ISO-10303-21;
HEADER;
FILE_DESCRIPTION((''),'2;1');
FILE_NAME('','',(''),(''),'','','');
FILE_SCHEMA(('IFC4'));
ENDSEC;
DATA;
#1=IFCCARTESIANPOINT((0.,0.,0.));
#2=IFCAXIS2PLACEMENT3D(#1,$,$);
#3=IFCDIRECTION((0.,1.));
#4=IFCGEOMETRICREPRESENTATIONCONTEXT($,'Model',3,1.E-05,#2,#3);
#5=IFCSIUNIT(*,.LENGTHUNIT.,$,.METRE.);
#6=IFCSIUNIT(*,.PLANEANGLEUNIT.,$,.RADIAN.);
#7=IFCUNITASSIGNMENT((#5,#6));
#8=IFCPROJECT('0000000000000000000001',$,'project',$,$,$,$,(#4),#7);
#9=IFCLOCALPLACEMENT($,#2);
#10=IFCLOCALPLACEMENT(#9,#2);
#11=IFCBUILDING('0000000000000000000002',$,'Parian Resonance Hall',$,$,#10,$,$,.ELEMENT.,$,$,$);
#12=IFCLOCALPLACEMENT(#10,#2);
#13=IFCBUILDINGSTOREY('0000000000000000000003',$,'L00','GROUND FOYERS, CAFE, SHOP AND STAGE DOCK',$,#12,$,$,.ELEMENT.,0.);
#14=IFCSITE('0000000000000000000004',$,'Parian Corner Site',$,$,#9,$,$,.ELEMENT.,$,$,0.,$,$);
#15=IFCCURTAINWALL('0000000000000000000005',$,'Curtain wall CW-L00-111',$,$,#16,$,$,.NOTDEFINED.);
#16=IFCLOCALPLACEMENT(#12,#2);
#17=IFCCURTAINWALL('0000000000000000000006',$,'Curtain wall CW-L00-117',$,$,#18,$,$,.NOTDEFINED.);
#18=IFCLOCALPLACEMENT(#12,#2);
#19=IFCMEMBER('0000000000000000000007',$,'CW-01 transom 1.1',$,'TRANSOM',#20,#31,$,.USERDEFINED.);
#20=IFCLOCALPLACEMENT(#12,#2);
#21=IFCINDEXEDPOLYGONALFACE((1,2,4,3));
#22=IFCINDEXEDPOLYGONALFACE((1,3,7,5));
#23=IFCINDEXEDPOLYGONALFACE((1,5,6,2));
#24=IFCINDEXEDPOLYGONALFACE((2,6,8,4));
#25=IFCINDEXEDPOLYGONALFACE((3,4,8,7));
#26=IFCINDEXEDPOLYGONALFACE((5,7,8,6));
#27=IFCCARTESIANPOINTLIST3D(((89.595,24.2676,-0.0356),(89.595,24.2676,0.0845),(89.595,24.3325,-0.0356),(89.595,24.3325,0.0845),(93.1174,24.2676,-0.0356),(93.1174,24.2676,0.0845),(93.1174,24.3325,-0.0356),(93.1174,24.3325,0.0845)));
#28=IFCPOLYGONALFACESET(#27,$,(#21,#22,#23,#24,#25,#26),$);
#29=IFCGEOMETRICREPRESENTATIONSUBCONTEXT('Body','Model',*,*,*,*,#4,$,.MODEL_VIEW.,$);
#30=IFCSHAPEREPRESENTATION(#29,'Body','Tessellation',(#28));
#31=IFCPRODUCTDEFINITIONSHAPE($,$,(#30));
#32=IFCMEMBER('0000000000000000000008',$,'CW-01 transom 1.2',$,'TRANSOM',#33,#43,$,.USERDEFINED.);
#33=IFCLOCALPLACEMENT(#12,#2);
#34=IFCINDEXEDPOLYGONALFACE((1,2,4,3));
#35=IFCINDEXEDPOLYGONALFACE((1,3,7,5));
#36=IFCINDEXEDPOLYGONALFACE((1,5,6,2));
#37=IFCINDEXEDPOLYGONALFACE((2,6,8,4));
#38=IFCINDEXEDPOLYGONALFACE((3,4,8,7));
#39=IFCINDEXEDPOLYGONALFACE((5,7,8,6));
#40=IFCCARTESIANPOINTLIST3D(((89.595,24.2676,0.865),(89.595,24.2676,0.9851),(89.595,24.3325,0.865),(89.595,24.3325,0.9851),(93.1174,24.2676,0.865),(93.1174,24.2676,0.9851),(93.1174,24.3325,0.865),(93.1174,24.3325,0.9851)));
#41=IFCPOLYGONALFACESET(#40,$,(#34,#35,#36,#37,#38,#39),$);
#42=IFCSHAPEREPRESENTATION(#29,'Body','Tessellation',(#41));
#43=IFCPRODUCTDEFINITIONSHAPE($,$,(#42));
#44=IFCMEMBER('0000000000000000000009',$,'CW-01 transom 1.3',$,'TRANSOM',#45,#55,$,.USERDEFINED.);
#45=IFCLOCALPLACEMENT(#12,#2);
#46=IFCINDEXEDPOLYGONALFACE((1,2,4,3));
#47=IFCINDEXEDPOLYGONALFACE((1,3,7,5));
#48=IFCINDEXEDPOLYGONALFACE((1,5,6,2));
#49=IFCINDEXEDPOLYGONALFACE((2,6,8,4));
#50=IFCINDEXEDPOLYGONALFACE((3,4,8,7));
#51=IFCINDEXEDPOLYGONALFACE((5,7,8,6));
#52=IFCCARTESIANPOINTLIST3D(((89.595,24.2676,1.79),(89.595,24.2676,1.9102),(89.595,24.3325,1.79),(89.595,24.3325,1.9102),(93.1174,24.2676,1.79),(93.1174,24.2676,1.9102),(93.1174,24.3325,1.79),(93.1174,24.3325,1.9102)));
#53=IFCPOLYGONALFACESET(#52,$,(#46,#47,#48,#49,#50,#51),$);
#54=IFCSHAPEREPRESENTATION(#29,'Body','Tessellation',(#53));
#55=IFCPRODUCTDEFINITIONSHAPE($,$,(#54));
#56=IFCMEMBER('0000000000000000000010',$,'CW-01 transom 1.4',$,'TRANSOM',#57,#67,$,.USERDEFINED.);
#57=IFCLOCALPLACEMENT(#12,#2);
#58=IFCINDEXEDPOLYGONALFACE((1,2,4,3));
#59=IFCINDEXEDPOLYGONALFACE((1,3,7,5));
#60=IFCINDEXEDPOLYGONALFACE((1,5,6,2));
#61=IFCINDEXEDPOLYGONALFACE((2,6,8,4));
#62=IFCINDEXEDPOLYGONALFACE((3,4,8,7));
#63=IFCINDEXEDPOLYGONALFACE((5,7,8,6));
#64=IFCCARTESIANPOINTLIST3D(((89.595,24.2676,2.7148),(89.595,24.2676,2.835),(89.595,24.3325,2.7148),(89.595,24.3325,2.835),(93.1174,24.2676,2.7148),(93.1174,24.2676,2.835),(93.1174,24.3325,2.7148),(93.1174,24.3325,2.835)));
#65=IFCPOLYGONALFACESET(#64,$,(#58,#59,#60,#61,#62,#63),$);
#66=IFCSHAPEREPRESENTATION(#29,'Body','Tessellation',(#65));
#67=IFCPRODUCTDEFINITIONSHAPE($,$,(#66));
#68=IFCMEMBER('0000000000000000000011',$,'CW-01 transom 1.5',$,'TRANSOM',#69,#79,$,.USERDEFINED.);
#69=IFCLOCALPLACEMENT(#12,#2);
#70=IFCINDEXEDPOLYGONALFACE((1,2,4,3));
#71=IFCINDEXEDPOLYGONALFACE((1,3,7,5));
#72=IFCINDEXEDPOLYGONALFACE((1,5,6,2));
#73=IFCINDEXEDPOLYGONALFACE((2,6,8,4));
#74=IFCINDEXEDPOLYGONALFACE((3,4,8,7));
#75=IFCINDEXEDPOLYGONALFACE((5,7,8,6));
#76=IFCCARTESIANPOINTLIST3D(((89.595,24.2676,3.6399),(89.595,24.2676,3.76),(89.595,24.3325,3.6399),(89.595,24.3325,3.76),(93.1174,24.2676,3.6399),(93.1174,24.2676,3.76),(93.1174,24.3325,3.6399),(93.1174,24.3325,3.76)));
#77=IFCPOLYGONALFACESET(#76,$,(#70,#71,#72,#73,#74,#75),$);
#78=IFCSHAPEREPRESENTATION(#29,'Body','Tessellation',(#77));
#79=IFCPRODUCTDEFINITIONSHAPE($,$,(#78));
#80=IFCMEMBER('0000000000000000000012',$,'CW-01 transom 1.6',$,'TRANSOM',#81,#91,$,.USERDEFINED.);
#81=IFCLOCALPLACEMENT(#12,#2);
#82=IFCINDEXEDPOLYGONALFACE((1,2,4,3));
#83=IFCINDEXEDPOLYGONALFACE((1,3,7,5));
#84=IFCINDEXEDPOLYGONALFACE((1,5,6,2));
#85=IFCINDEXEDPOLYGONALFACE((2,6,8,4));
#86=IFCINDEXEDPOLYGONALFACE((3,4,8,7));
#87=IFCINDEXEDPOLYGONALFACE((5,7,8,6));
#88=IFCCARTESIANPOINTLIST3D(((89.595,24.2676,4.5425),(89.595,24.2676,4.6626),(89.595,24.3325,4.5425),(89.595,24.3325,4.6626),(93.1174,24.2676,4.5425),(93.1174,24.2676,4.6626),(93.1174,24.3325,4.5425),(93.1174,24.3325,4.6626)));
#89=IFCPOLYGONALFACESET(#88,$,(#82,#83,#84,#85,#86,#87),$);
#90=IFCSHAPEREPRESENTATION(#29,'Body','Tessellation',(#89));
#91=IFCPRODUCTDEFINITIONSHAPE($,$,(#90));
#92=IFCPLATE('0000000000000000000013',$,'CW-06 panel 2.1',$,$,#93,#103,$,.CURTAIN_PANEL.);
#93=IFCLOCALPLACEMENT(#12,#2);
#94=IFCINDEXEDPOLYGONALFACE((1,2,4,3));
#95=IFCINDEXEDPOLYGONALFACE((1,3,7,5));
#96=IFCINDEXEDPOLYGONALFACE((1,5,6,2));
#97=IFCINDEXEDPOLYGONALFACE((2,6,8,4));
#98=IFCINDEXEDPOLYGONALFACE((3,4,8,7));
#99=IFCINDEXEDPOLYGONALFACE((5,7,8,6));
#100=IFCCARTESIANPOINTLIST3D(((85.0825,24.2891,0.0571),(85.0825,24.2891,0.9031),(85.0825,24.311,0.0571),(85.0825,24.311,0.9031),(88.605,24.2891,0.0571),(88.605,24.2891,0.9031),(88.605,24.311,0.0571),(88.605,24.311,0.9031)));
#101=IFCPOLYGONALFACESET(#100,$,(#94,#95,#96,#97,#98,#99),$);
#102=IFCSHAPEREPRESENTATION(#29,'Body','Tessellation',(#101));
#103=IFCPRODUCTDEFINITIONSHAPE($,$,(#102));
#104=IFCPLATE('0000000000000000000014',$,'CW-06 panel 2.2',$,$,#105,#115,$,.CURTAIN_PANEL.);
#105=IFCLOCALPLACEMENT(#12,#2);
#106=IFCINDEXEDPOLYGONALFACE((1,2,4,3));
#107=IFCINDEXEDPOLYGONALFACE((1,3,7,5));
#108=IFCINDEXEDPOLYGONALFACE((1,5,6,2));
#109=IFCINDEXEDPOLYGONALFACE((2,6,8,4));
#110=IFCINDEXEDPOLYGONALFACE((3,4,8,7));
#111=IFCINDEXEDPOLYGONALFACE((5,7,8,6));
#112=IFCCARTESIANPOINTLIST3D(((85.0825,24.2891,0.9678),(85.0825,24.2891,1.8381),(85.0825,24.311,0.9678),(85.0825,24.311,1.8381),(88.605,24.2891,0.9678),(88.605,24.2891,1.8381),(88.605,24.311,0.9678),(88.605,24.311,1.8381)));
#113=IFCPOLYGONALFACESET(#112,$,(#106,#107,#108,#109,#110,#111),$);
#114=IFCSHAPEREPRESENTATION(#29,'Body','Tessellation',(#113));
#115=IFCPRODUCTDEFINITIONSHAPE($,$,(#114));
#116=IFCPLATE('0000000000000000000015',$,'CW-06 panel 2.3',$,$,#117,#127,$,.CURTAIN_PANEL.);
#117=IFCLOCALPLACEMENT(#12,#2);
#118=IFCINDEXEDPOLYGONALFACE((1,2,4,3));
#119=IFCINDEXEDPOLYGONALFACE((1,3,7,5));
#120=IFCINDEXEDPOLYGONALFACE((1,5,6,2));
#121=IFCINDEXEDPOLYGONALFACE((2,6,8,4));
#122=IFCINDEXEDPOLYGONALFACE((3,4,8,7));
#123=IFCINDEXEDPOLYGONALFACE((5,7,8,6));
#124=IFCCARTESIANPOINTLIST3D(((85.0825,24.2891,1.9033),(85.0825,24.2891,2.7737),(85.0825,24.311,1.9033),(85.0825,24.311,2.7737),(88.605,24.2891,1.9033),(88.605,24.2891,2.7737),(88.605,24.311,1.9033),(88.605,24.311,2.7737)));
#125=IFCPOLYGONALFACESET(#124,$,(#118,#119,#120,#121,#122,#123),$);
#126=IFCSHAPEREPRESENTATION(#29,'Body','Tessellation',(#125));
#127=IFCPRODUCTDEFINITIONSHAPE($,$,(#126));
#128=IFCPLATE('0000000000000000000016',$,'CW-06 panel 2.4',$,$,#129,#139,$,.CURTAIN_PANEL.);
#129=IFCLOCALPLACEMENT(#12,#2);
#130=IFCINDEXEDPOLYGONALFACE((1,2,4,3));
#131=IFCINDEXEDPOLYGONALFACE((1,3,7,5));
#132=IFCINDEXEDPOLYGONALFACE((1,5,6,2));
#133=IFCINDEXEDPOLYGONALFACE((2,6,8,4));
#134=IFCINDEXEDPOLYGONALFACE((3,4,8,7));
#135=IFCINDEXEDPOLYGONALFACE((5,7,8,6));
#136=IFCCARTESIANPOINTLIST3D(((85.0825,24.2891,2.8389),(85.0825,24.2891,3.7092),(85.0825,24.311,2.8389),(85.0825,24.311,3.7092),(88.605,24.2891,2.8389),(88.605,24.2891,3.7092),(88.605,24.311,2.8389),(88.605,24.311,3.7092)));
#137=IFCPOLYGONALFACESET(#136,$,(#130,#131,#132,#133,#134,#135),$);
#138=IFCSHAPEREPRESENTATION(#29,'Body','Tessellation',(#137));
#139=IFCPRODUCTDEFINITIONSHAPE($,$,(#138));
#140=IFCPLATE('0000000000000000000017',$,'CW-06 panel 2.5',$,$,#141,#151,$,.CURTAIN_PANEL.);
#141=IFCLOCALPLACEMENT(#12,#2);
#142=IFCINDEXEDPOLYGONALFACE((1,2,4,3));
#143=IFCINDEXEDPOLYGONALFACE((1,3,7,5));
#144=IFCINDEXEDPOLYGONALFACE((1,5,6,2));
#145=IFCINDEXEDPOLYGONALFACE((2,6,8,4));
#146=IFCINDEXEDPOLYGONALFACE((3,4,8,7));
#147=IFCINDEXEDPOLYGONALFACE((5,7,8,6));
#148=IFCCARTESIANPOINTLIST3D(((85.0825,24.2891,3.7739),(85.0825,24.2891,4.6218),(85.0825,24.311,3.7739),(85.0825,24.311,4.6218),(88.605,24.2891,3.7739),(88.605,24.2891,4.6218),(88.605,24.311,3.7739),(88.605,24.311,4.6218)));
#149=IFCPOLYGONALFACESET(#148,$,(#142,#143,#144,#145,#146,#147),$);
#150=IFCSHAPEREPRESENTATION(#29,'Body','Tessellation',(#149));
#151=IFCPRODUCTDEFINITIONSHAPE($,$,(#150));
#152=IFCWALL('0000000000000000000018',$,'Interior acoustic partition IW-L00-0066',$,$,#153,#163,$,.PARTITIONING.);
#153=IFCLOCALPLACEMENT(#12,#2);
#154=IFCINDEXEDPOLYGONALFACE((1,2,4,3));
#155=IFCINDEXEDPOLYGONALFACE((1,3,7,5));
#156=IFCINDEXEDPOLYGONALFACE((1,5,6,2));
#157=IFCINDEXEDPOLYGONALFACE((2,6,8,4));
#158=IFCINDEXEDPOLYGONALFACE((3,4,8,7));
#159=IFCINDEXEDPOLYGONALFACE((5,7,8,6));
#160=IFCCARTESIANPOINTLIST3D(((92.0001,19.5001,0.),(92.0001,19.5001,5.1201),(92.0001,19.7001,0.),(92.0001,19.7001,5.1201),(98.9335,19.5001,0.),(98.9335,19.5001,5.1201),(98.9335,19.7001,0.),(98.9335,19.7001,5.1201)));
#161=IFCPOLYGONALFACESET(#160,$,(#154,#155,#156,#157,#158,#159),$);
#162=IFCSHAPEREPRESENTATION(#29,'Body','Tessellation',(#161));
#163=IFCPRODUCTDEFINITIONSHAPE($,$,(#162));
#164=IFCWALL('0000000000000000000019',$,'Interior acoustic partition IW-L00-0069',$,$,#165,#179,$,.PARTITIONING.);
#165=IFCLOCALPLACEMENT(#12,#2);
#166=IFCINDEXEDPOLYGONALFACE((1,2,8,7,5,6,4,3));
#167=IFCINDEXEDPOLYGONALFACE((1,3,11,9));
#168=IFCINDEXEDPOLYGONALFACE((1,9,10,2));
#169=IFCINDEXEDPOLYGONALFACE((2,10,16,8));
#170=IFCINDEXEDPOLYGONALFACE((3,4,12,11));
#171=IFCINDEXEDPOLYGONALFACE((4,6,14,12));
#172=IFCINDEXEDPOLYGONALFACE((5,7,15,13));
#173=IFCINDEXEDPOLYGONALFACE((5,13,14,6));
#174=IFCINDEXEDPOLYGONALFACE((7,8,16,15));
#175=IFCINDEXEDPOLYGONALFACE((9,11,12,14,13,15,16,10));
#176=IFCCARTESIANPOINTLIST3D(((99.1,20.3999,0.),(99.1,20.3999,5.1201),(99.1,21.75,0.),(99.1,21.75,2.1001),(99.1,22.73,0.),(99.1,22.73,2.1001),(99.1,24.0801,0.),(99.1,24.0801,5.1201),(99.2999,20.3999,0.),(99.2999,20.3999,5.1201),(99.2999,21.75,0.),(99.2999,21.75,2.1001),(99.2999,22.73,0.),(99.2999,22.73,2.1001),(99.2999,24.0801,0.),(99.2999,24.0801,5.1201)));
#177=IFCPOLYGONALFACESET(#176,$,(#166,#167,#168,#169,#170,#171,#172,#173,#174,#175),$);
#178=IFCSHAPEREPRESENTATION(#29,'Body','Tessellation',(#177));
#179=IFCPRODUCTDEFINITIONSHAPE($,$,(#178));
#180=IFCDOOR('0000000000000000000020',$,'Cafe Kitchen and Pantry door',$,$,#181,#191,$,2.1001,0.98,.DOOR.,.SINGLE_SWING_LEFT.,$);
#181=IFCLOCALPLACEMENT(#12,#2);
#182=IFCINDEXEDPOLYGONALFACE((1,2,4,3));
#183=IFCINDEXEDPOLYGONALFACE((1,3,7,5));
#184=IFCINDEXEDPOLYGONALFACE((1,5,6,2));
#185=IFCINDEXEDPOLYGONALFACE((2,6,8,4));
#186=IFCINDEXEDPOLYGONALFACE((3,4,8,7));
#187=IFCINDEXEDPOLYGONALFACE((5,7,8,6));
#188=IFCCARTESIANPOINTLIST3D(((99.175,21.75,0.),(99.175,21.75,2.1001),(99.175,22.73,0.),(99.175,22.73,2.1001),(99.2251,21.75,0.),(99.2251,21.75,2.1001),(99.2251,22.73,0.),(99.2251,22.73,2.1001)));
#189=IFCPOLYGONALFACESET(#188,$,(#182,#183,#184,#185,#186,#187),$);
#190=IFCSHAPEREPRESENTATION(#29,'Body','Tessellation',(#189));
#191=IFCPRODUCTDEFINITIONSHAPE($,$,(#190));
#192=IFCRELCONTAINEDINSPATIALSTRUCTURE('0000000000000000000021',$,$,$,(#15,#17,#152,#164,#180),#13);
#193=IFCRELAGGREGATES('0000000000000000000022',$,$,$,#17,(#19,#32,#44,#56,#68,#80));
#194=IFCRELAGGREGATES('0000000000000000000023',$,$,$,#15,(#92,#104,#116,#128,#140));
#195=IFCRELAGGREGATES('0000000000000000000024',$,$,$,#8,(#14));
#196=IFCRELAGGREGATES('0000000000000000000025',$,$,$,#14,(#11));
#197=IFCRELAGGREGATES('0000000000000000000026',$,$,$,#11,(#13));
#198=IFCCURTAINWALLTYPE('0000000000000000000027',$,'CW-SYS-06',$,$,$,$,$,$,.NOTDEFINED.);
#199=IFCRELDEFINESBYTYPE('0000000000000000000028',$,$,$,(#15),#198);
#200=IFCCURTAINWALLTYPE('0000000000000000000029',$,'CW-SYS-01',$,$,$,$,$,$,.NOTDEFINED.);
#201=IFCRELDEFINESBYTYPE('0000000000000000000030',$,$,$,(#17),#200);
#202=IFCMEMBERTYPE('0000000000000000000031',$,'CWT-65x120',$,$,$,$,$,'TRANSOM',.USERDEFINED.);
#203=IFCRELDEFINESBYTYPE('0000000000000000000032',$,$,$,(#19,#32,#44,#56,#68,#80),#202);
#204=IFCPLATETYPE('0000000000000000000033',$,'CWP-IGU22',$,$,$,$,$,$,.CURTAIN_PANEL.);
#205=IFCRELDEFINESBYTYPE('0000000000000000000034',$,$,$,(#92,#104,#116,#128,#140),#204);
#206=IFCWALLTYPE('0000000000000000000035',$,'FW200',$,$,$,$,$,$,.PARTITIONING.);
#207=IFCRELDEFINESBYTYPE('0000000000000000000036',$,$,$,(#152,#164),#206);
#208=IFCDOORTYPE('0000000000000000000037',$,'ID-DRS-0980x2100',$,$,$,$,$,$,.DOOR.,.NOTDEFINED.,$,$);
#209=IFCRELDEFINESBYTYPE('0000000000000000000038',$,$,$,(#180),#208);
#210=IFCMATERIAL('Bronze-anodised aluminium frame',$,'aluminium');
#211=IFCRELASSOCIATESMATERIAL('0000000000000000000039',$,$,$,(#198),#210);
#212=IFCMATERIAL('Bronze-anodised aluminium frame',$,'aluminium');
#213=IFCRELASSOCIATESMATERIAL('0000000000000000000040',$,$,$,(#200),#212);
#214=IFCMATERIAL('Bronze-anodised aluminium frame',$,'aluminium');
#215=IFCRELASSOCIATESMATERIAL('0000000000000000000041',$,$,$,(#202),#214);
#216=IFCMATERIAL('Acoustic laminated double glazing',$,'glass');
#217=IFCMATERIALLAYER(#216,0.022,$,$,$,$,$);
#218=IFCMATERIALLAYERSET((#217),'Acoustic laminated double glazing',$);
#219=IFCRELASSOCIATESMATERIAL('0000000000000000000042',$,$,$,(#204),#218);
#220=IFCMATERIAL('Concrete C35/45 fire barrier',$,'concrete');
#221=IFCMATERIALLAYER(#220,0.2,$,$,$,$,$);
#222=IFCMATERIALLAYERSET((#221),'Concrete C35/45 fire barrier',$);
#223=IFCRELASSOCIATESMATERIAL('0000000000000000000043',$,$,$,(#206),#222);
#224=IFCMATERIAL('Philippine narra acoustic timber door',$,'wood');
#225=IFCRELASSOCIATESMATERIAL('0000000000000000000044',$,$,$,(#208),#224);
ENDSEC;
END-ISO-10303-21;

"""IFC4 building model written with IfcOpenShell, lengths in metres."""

from ifc_helpers import new_model, si_unit, direction, frame, frame_2d, origin, origin_2d, place, context, subcontext, project, spatial, rectangle, extrude, material, layer, layer_set, material_profile, profile_set, type_object, element, fill, aggregate, save


model = new_model("IFC4")

# Units and contexts
model_context = context("Model", 3, precision=1e-05, world=origin(), true_north=direction((0.0, 1.0)))
body_context = subcontext(model_context, "Body", "Model", "MODEL_VIEW")
ifc_project = project(units=[si_unit("LENGTHUNIT", "METRE"), si_unit("PLANEANGLEUNIT", "RADIAN")], contexts=[model_context])

# Site, building, storey
site_placement = place(None, origin())
site = spatial("IfcSite", under=ifc_project, at=site_placement, Name="Parian Corner Site", CompositionType="ELEMENT", RefElevation=0.0)
building_placement = place(site_placement, origin())
building = spatial("IfcBuilding", under=site, at=building_placement, Name="Parian Resonance Hall", CompositionType="ELEMENT")
storey_placement = place(building_placement, origin())
storey = spatial("IfcBuildingStorey", under=building, at=storey_placement, Name="L00", Description="GROUND FOYERS, CAFE, SHOP AND STAGE DOCK", CompositionType="ELEMENT", Elevation=0.0)

# Curtain walls
ifc_material_1 = material(Name="Bronze-anodised aluminium frame", Category="aluminium")
curtain_wall_type_1 = type_object("IfcCurtainWallType", Name="CW-SYS-06", PredefinedType="NOTDEFINED", material=ifc_material_1)
curtain_wall_1_placement = place(storey_placement, origin())
curtain_wall_1 = element("IfcCurtainWall", 1, at=curtain_wall_1_placement, inside=storey, type_object=curtain_wall_type_1, Name="Curtain wall CW-L00-111", PredefinedType="NOTDEFINED")
ifc_material_2 = material(Name="Bronze-anodised aluminium frame", Category="aluminium")
curtain_wall_type_2 = type_object("IfcCurtainWallType", Name="CW-SYS-01", PredefinedType="NOTDEFINED", material=ifc_material_2)
curtain_wall_2_placement = place(storey_placement, origin())
curtain_wall_2 = element("IfcCurtainWall", 2, at=curtain_wall_2_placement, inside=storey, type_object=curtain_wall_type_2, Name="Curtain wall CW-L00-117", PredefinedType="NOTDEFINED")

# Members
ifc_material_3 = material(Name="Bronze-anodised aluminium frame", Category="aluminium")
ifc_material_profile_1 = material_profile(ifc_material_3, rectangle(XDim=0.0649, YDim=0.1201, at=origin_2d()), Name="CWT-65x120")
ifc_profile_set_1 = profile_set([ifc_material_profile_1], Name="Bronze-anodised aluminium frame")
member_type_1 = type_object("IfcMemberType", Name="CWT-65x120", ElementType="TRANSOM", PredefinedType="USERDEFINED", material=ifc_profile_set_1)
member_1_placement = place(storey_placement, frame((89.595, 24.3, 0.0244), z_axis=(1.0, 0.0, 0.0), x_axis=(0.0, 1.0, 0.0)))
member_1 = element("IfcMember", 3, at=member_1_placement, type_object=member_type_1, Name="CW-01 transom 1.1", ObjectType="TRANSOM", PredefinedType="USERDEFINED", context=body_context, shape_type="SweptSolid", body=[
    extrude(rectangle(XDim=0.0649, YDim=0.1201, at=origin_2d()), origin(), (0.0, 0.0, 1.0), 3.5225),
])
member_2_placement = place(storey_placement, frame((89.595, 24.3, 0.925), z_axis=(1.0, 0.0, 0.0), x_axis=(0.0, 1.0, 0.0)))
member_2 = element("IfcMember", 4, at=member_2_placement, type_object=member_type_1, Name="CW-01 transom 1.2", ObjectType="TRANSOM", PredefinedType="USERDEFINED", context=body_context, shape_type="SweptSolid", body=[
    extrude(rectangle(XDim=0.0649, YDim=0.1201, at=origin_2d()), origin(), (0.0, 0.0, 1.0), 3.5225),
])
member_3_placement = place(storey_placement, frame((89.595, 24.3, 1.8501), z_axis=(1.0, 0.0, 0.0), x_axis=(0.0, 1.0, 0.0)))
member_3 = element("IfcMember", 5, at=member_3_placement, type_object=member_type_1, Name="CW-01 transom 1.3", ObjectType="TRANSOM", PredefinedType="USERDEFINED", context=body_context, shape_type="SweptSolid", body=[
    extrude(rectangle(XDim=0.0649, YDim=0.1201, at=origin_2d()), origin(), (0.0, 0.0, 1.0), 3.5225),
])
member_4_placement = place(storey_placement, frame((89.595, 24.3, 2.7749), z_axis=(1.0, 0.0, 0.0), x_axis=(0.0, 1.0, 0.0)))
member_4 = element("IfcMember", 6, at=member_4_placement, type_object=member_type_1, Name="CW-01 transom 1.4", ObjectType="TRANSOM", PredefinedType="USERDEFINED", context=body_context, shape_type="SweptSolid", body=[
    extrude(rectangle(XDim=0.0649, YDim=0.1201, at=origin_2d()), origin(), (0.0, 0.0, 1.0), 3.5225),
])
member_5_placement = place(storey_placement, frame((89.595, 24.3, 3.7), z_axis=(1.0, 0.0, 0.0), x_axis=(0.0, 1.0, 0.0)))
member_5 = element("IfcMember", 7, at=member_5_placement, type_object=member_type_1, Name="CW-01 transom 1.5", ObjectType="TRANSOM", PredefinedType="USERDEFINED", context=body_context, shape_type="SweptSolid", body=[
    extrude(rectangle(XDim=0.0649, YDim=0.1201, at=origin_2d()), origin(), (0.0, 0.0, 1.0), 3.5225),
])
member_6_placement = place(storey_placement, frame((89.595, 24.3, 4.6025), z_axis=(1.0, 0.0, 0.0), x_axis=(0.0, 1.0, 0.0)))
member_6 = element("IfcMember", 8, at=member_6_placement, type_object=member_type_1, Name="CW-01 transom 1.6", ObjectType="TRANSOM", PredefinedType="USERDEFINED", context=body_context, shape_type="SweptSolid", body=[
    extrude(rectangle(XDim=0.0649, YDim=0.1201, at=origin_2d()), origin(), (0.0, 0.0, 1.0), 3.5225),
])
aggregate(curtain_wall_2, [member_1, member_2, member_3, member_4, member_5, member_6])

# Plates
ifc_material_4 = material(Name="Acoustic laminated double glazing", Category="glass")
ifc_layer_1 = layer(ifc_material_4, 0.022)
ifc_layer_set_1 = layer_set([ifc_layer_1], Name="Acoustic laminated double glazing")
plate_type = type_object("IfcPlateType", Name="CWP-IGU22", PredefinedType="CURTAIN_PANEL", material=ifc_layer_set_1)
plate_1_placement = place(storey_placement, frame((86.8438, 24.3, 0.0571), z_axis=(0.0, 0.0, 1.0), x_axis=(1.0, 0.0, 0.0)))
plate_1 = element("IfcPlate", 9, at=plate_1_placement, type_object=plate_type, Name="CW-06 panel 2.1", PredefinedType="CURTAIN_PANEL", context=body_context, shape_type="SweptSolid", body=[
    extrude(rectangle(XDim=3.5225, YDim=0.022, at=origin_2d()), origin(), (0.0, 0.0, 1.0), 0.8459),
])
plate_2_placement = place(storey_placement, frame((86.8438, 24.3, 0.9678), z_axis=(0.0, 0.0, 1.0), x_axis=(1.0, 0.0, 0.0)))
plate_2 = element("IfcPlate", 10, at=plate_2_placement, type_object=plate_type, Name="CW-06 panel 2.2", PredefinedType="CURTAIN_PANEL", context=body_context, shape_type="SweptSolid", body=[
    extrude(rectangle(XDim=3.5225, YDim=0.022, at=origin_2d()), origin(), (0.0, 0.0, 1.0), 0.8704),
])
plate_3_placement = place(storey_placement, frame((86.8438, 24.3, 1.9033), z_axis=(0.0, 0.0, 1.0), x_axis=(1.0, 0.0, 0.0)))
plate_3 = element("IfcPlate", 11, at=plate_3_placement, type_object=plate_type, Name="CW-06 panel 2.3", PredefinedType="CURTAIN_PANEL", context=body_context, shape_type="SweptSolid", body=[
    extrude(rectangle(XDim=3.5225, YDim=0.022, at=origin_2d()), origin(), (0.0, 0.0, 1.0), 0.8704),
])
plate_4_placement = place(storey_placement, frame((86.8438, 24.3, 2.8389), z_axis=(0.0, 0.0, 1.0), x_axis=(1.0, 0.0, 0.0)))
plate_4 = element("IfcPlate", 12, at=plate_4_placement, type_object=plate_type, Name="CW-06 panel 2.4", PredefinedType="CURTAIN_PANEL", context=body_context, shape_type="SweptSolid", body=[
    extrude(rectangle(XDim=3.5225, YDim=0.022, at=origin_2d()), origin(), (0.0, 0.0, 1.0), 0.8704),
])
plate_5_placement = place(storey_placement, frame((86.8438, 24.3, 3.7739), z_axis=(0.0, 0.0, 1.0), x_axis=(1.0, 0.0, 0.0)))
plate_5 = element("IfcPlate", 13, at=plate_5_placement, type_object=plate_type, Name="CW-06 panel 2.5", PredefinedType="CURTAIN_PANEL", context=body_context, shape_type="SweptSolid", body=[
    extrude(rectangle(XDim=3.5225, YDim=0.022, at=origin_2d()), origin(), (0.0, 0.0, 1.0), 0.8479),
])
aggregate(curtain_wall_1, [plate_1, plate_2, plate_3, plate_4, plate_5])

# Wall
ifc_material_5 = material(Name="Concrete C35/45 fire barrier", Category="concrete")
ifc_layer_2 = layer(ifc_material_5, 0.2)
ifc_layer_set_2 = layer_set([ifc_layer_2], Name="Concrete C35/45 fire barrier")
wall_type_1 = type_object("IfcWallType", Name="FW200", PredefinedType="PARTITIONING", material=ifc_layer_set_2)
wall_1_placement = place(storey_placement, frame((92.0, 19.6001, 0.0), z_axis=(0.0, 0.0, 1.0), x_axis=(1.0, 0.0, 0.0)))
element("IfcWall", 14, at=wall_1_placement, inside=storey, type_object=wall_type_1, Name="Interior acoustic partition IW-L00-0066", PredefinedType="PARTITIONING", context=body_context, shape_type="SweptSolid", body=[
    extrude(rectangle(XDim=6.9333, YDim=0.2, at=frame_2d((3.4668, 0.0))), origin(), (0.0, 0.0, 1.0), 5.1201),
])

# Wall, opening, door
wall_2_placement = place(storey_placement, frame((99.2, 20.3999, 0.0), z_axis=(0.0, 0.0, 1.0), x_axis=(0.0, 1.0, 0.0)))
wall_2 = element("IfcWall", 15, at=wall_2_placement, inside=storey, type_object=wall_type_1, Name="Interior acoustic partition IW-L00-0069", PredefinedType="PARTITIONING", context=body_context, shape_type="SweptSolid", body=[
    extrude(rectangle(XDim=3.6802, YDim=0.2, at=frame_2d((1.8401, 0.0))), origin(), (0.0, 0.0, 1.0), 5.1201),
])
opening_placement = place(wall_2_placement, frame((1.3501, 0.0, 0.0)))
opening = element("IfcOpeningElement", 16, at=opening_placement, cuts=wall_2, PredefinedType="OPENING", context=body_context, shape_type="SweptSolid", body=[
    extrude(rectangle(XDim=0.98, YDim=2.1001, at=frame_2d((0.49, 1.05))), frame((0.0, 0.1099, 0.0), z_axis=(0.0, -1.0, 0.0), x_axis=(1.0, 0.0, 0.0)), (0.0, 0.0, 1.0), 0.22),
])
ifc_material_6 = material(Name="Philippine narra acoustic timber door", Category="wood")
door_type = type_object("IfcDoorType", Name="ID-DRS-0980x2100", OperationType="NOTDEFINED", PredefinedType="DOOR", material=ifc_material_6)
door_placement = place(opening_placement, origin())
door = element("IfcDoor", 17, at=door_placement, inside=storey, type_object=door_type, Name="Cafe Kitchen and Pantry door", OperationType="SINGLE_SWING_LEFT", OverallHeight=2.1001, OverallWidth=0.98, PredefinedType="DOOR", context=body_context, shape_type="SweptSolid", body=[
    extrude(rectangle(XDim=0.98, YDim=2.1001, at=frame_2d((0.49, 1.05))), frame((0.0, 0.0249, 0.0), z_axis=(0.0, -1.0, 0.0), x_axis=(1.0, 0.0, 0.0)), (0.0, 0.0, 1.0), 0.05),
])
fill(opening, door)

save(model, "model.ifc")
